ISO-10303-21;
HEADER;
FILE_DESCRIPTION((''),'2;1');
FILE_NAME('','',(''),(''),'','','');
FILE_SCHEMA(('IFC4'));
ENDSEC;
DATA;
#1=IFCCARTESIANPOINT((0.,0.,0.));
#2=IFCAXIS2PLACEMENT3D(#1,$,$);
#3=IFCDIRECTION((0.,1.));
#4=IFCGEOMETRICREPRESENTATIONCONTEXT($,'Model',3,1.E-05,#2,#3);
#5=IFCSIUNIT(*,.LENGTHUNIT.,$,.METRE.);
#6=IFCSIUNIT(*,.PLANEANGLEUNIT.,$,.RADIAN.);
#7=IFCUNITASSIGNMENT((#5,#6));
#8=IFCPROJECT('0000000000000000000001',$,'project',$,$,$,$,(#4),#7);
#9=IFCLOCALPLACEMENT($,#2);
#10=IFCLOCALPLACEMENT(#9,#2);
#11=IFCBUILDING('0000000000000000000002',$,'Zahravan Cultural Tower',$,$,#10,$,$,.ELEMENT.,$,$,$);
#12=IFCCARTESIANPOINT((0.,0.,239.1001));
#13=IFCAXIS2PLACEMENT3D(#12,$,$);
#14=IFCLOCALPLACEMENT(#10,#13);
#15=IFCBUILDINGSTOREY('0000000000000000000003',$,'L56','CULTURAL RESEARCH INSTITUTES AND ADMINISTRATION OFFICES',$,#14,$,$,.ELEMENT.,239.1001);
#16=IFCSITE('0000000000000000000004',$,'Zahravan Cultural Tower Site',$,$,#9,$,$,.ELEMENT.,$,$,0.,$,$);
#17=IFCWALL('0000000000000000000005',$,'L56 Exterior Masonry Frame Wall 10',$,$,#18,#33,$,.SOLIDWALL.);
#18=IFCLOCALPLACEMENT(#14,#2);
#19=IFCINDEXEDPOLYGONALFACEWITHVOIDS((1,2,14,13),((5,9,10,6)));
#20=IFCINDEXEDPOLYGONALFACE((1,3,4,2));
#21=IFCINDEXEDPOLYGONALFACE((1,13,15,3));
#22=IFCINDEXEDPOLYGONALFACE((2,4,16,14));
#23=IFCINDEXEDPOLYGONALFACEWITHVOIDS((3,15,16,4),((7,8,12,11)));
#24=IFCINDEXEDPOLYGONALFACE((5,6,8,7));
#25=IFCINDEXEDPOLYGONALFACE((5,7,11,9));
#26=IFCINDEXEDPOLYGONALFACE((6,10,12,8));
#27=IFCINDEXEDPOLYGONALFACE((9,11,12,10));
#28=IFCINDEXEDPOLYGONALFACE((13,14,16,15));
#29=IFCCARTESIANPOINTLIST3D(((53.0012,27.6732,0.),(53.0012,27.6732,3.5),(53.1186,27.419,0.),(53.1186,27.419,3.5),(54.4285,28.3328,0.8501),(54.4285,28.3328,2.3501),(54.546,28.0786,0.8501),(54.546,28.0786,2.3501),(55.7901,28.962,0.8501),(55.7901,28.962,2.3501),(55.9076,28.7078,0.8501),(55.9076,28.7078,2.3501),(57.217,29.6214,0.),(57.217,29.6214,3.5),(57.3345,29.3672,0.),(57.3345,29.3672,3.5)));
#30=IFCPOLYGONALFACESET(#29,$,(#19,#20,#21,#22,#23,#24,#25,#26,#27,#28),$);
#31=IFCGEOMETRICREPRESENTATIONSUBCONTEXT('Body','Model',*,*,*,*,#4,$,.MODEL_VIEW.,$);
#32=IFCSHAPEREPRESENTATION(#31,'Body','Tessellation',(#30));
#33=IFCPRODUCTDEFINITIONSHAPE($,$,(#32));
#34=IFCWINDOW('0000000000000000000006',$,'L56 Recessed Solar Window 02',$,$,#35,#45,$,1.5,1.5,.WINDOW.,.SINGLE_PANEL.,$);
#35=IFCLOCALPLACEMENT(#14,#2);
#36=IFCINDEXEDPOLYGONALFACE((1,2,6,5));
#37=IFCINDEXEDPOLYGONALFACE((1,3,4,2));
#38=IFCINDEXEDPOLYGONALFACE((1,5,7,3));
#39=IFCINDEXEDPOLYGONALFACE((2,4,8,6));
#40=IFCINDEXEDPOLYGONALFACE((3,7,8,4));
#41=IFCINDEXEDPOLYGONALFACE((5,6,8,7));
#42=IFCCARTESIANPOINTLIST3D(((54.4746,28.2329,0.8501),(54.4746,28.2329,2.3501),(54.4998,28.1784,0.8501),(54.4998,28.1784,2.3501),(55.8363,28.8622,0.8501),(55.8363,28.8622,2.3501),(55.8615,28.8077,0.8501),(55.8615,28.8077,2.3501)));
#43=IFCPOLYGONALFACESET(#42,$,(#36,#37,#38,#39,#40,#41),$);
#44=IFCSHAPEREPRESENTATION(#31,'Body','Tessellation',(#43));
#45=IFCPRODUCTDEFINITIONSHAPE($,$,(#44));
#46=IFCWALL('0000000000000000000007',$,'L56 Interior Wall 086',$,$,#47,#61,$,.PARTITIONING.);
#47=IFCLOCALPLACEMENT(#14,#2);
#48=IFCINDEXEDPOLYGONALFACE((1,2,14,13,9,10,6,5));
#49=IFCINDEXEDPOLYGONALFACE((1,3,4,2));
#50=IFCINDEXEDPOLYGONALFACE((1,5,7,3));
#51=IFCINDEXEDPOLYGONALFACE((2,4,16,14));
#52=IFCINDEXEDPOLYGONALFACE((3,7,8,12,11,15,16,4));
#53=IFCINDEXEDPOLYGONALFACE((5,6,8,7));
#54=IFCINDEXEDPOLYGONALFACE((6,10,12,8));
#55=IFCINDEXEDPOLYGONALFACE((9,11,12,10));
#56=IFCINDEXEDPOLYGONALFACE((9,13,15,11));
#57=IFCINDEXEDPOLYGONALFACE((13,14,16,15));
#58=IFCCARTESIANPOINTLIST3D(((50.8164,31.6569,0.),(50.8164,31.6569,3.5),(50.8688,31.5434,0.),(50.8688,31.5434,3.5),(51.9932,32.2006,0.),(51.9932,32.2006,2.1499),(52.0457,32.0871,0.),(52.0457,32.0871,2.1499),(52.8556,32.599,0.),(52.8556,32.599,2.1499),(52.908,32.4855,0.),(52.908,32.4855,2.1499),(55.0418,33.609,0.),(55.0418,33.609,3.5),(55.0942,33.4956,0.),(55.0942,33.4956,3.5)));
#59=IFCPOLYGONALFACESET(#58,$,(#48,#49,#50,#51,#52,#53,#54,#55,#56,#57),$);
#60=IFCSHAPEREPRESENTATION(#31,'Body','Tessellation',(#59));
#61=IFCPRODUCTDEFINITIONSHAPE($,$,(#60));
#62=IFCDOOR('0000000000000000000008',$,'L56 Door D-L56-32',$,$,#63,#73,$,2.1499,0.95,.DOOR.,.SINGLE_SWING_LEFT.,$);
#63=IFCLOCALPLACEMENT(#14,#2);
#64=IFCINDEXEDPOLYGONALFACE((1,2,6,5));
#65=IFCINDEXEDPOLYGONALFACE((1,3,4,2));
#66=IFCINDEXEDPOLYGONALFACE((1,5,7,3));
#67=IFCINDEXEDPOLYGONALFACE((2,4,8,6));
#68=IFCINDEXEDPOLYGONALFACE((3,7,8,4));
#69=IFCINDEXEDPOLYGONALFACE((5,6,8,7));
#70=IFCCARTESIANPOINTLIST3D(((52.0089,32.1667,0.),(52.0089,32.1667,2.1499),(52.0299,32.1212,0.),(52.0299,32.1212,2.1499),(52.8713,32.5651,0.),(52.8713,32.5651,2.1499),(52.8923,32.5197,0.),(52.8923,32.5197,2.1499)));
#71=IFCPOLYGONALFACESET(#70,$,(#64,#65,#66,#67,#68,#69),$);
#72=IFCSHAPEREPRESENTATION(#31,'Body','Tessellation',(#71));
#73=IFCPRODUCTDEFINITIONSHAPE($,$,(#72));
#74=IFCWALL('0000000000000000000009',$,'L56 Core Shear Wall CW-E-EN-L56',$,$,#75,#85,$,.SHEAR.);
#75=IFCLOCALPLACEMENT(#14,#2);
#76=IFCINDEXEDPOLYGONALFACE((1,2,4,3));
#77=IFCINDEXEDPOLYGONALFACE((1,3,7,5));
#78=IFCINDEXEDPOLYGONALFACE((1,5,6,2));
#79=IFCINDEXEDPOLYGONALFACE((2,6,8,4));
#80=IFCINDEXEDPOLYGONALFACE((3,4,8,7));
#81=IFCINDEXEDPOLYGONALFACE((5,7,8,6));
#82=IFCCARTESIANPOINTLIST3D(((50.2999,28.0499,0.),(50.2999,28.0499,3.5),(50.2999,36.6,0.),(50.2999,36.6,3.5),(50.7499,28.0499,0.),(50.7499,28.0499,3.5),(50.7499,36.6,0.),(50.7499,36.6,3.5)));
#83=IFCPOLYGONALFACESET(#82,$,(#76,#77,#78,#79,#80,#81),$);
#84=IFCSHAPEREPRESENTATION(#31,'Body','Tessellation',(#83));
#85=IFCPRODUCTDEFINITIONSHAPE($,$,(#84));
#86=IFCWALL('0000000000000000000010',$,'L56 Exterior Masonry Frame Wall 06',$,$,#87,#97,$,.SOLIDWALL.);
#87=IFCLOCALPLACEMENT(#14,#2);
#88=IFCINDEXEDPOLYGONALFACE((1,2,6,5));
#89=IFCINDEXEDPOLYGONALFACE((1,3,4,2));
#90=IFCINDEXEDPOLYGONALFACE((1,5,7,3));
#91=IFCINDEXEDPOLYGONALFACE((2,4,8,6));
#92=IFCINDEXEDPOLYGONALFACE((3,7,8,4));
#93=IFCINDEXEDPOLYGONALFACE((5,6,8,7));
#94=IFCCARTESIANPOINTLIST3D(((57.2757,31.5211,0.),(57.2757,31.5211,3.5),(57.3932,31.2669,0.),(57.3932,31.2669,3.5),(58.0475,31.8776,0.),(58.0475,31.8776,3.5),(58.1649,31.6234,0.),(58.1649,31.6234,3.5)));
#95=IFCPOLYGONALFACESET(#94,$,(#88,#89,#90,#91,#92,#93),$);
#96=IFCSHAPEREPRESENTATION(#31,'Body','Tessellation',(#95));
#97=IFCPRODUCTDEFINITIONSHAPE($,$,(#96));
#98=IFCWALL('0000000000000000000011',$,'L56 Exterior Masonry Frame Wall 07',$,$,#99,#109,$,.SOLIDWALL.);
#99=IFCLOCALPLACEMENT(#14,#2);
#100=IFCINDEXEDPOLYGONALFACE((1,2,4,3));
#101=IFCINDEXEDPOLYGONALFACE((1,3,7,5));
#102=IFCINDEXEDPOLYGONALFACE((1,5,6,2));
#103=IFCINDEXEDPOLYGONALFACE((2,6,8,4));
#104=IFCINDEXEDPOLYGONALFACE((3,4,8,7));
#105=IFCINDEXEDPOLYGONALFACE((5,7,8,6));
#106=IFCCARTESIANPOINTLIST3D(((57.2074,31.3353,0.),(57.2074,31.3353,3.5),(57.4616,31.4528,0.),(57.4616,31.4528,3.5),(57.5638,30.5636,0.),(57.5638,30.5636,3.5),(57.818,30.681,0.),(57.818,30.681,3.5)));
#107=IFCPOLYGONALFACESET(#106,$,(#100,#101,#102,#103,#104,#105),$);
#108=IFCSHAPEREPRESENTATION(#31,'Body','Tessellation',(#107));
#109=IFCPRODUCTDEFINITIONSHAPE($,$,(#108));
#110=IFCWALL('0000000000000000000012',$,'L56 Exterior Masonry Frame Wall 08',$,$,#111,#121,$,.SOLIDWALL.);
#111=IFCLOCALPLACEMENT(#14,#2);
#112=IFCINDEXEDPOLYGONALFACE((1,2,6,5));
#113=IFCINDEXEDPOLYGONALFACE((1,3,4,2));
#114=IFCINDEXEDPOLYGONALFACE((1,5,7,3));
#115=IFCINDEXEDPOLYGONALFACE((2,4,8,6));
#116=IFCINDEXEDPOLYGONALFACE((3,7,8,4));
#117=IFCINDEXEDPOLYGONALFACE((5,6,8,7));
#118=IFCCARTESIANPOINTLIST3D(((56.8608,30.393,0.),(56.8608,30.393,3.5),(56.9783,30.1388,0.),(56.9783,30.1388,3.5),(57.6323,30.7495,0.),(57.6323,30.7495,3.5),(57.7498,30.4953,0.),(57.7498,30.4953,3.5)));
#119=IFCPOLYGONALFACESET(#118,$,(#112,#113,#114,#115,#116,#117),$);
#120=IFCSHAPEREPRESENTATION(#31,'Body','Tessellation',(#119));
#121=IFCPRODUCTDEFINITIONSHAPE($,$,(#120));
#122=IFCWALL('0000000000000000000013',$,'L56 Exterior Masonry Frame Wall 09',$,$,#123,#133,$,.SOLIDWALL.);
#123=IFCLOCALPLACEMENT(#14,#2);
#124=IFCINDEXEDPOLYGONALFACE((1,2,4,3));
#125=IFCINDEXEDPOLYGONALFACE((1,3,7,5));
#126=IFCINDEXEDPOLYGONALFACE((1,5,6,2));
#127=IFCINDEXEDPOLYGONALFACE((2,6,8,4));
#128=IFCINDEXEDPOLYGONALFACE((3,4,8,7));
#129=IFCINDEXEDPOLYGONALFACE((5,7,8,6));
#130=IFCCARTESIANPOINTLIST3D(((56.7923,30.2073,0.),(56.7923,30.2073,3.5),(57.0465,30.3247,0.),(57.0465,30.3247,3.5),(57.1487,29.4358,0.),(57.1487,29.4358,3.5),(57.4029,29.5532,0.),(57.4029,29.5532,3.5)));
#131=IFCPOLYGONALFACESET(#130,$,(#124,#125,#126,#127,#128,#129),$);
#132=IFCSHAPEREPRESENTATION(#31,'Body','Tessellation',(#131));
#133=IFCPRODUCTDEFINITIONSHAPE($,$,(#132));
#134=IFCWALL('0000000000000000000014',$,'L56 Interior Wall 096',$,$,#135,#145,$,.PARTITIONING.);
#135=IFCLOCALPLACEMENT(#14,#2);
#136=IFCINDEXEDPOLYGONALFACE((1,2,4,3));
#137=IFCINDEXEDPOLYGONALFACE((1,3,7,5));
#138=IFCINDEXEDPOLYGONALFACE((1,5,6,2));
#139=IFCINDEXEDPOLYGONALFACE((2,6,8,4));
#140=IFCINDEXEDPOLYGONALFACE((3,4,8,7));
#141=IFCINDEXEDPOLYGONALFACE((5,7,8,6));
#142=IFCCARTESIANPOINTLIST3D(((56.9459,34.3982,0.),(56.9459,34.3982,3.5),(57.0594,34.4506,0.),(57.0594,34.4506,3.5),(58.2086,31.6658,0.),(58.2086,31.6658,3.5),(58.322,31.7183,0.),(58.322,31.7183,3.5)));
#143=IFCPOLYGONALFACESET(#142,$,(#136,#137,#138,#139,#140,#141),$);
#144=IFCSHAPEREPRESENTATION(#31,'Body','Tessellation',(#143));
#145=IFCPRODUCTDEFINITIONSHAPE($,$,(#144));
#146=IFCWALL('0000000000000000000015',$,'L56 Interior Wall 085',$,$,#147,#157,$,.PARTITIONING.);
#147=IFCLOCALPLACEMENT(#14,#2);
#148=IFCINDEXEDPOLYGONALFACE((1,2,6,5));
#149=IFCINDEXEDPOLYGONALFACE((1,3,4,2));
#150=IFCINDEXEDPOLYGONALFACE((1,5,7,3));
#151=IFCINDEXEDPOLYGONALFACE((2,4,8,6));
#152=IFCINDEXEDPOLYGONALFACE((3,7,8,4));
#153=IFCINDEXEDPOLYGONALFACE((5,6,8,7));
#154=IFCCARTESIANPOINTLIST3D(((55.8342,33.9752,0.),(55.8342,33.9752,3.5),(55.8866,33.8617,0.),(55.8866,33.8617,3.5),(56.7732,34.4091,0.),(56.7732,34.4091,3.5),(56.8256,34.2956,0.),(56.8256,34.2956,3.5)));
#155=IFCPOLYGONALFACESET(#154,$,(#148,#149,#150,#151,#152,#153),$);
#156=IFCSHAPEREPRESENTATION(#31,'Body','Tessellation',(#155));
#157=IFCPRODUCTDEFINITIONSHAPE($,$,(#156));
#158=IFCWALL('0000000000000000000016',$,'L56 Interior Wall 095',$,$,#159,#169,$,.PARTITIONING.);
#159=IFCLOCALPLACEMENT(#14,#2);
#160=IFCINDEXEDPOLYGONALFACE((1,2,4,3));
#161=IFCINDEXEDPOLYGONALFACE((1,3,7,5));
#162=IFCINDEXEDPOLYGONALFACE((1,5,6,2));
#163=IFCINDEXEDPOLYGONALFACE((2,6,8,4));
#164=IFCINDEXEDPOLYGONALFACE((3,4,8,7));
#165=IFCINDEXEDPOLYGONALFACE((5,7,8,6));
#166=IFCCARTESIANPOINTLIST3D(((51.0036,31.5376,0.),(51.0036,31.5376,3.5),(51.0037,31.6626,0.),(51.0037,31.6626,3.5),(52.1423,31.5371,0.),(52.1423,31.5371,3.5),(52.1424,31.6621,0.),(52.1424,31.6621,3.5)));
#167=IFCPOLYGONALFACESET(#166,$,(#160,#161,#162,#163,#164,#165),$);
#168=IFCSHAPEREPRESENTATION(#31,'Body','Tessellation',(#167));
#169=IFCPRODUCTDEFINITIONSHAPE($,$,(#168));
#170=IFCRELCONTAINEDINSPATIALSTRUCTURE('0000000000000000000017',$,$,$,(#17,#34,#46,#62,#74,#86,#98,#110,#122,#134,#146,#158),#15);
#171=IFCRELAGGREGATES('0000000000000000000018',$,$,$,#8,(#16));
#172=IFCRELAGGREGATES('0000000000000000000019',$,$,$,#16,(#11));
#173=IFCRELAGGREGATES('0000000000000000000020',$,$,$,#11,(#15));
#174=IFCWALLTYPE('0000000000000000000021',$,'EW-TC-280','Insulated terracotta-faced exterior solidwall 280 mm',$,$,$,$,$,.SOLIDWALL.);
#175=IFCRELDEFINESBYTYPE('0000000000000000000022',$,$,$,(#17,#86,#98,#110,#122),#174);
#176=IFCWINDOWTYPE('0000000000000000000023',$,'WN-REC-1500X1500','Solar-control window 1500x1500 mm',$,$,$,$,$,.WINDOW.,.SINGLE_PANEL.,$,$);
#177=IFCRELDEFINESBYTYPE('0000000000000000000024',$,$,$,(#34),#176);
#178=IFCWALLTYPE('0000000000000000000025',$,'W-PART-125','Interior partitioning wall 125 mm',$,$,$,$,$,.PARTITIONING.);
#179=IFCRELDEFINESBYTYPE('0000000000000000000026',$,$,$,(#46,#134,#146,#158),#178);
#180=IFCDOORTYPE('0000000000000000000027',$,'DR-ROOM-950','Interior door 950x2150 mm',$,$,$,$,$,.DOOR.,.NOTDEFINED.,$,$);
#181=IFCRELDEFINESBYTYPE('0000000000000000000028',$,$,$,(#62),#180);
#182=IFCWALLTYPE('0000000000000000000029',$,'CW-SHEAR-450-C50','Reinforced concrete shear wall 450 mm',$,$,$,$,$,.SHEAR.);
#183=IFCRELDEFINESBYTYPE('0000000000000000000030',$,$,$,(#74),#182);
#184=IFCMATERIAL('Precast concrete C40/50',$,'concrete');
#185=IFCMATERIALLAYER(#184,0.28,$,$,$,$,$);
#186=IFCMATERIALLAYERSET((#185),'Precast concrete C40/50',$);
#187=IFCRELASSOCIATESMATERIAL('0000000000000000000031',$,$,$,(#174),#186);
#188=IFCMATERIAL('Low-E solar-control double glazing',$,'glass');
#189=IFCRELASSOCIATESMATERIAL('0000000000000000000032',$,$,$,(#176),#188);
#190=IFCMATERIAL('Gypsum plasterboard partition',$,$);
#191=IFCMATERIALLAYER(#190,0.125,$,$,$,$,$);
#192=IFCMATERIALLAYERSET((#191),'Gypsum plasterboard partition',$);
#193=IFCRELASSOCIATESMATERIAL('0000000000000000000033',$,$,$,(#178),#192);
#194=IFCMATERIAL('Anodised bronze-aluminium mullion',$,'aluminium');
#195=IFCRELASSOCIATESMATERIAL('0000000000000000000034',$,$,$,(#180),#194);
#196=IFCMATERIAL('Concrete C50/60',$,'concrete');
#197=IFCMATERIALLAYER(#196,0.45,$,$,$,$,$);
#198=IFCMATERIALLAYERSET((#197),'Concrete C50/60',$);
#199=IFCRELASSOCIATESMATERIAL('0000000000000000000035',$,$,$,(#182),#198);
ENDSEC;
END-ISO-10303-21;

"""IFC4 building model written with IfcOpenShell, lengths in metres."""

from ifc_helpers import new_model, si_unit, direction, frame, frame_2d, origin, place, context, subcontext, project, spatial, rectangle, extrude, source, transform, mapped, material, layer, layer_set, type_object, element, fill, save


model = new_model("IFC4")

# Units and contexts
model_context = context("Model", 3, precision=1e-05, world=origin(), true_north=direction((0.0, 1.0)))
body_context = subcontext(model_context, "Body", "Model", "MODEL_VIEW")
ifc_project = project(units=[si_unit("LENGTHUNIT", "METRE"), si_unit("PLANEANGLEUNIT", "RADIAN")], contexts=[model_context])

# Site, building, storey
site_placement = place(None, origin())
site = spatial("IfcSite", under=ifc_project, at=site_placement, Name="Zahravan Cultural Tower Site", CompositionType="ELEMENT", RefElevation=0.0)
building_placement = place(site_placement, origin())
building = spatial("IfcBuilding", under=site, at=building_placement, Name="Zahravan Cultural Tower", CompositionType="ELEMENT")
storey_placement = place(building_placement, frame((0.0, 0.0, 239.1001)))
storey = spatial("IfcBuildingStorey", under=building, at=storey_placement, Name="L56", Description="CULTURAL RESEARCH INSTITUTES AND ADMINISTRATION OFFICES", CompositionType="ELEMENT", Elevation=239.1001)

# Shared definitions
ifc_material_1 = material(Name="Anodised bronze-aluminium mullion", Category="aluminium")
ifc_material_2 = material(Name="Low-E solar-control double glazing", Category="glass")

# Wall, opening, window
ifc_material_3 = material(Name="Precast concrete C40/50", Category="concrete")
ifc_layer_1 = layer(ifc_material_3, 0.28)
ifc_layer_set_1 = layer_set([ifc_layer_1], Name="Precast concrete C40/50")
wall_type_1 = type_object("IfcWallType", Name="EW-TC-280", Description="Insulated terracotta-faced exterior solidwall 280 mm", PredefinedType="SOLIDWALL", material=ifc_layer_set_1)
wall_1_placement = place(storey_placement, frame((57.2759, 29.4944, 0.0), z_axis=(0.0, 0.0, 1.0), x_axis=(-0.907756, -0.419498, 0.0)))
wall_1 = element("IfcWall", 1, at=wall_1_placement, inside=storey, type_object=wall_type_1, Name="L56 Exterior Masonry Frame Wall 10", PredefinedType="SOLIDWALL", context=body_context, shape_type="SweptSolid", body=[
    extrude(rectangle(XDim=4.6443, YDim=0.28, at=frame_2d((2.3223, 0.0))), origin(), (0.0, 0.0, 1.0), 3.5),
])
opening_1_placement = place(wall_1_placement, frame((1.572, 0.0, 0.8501)))
opening_1 = element("IfcOpeningElement", 2, at=opening_1_placement, cuts=wall_1, PredefinedType="OPENING", context=body_context, shape_type="SweptSolid", body=[
    extrude(rectangle(XDim=1.5, YDim=1.5, at=frame_2d((0.75, 0.75))), frame((0.0, 0.1499, 0.0), z_axis=(0.0, -1.0, 0.0), x_axis=(1.0, 0.0, 0.0)), (0.0, 0.0, 1.0), 0.3),
])
window_type = type_object("IfcWindowType", Name="WN-REC-1500X1500", Description="Solar-control window 1500x1500 mm", PartitioningType="SINGLE_PANEL", PredefinedType="WINDOW", material=ifc_material_2)
shared_shape_1 = source(origin(), body_context, "Body", "SweptSolid", [
    extrude(rectangle(XDim=1.5, YDim=1.5, at=frame_2d((0.75, 0.75))), frame((0.0, 0.03, 0.0), z_axis=(0.0, -1.0, 0.0), x_axis=(1.0, 0.0, 0.0)), (0.0, 0.0, 1.0), 0.0601),
])
window_placement = place(opening_1_placement, origin())
window = element("IfcWindow", 3, at=window_placement, inside=storey, type_object=window_type, Name="L56 Recessed Solar Window 02", OverallHeight=1.5, OverallWidth=1.5, PartitioningType="SINGLE_PANEL", PredefinedType="WINDOW", context=body_context, shape_type="MappedRepresentation", body=[
    mapped(shared_shape_1, transform((0.0, 0.0, 0.0), x_axis=(1.0, 0.0, 0.0), y_axis=(0.0, 1.0, 0.0), z_axis=(0.0, 0.0, 1.0), scale=1.0)),
])
fill(opening_1, window)

# Wall, opening, door
ifc_material_4 = material(Name="Gypsum plasterboard partition")
ifc_layer_2 = layer(ifc_material_4, 0.125)
ifc_layer_set_2 = layer_set([ifc_layer_2], Name="Gypsum plasterboard partition")
wall_type_2 = type_object("IfcWallType", Name="W-PART-125", Description="Interior partitioning wall 125 mm", PredefinedType="PARTITIONING", material=ifc_layer_set_2)
wall_2_placement = place(storey_placement, frame((55.0679, 33.5522, 0.0), z_axis=(0.0, 0.0, 1.0), x_axis=(-0.907797, -0.419411, 0.0)))
wall_2 = element("IfcWall", 4, at=wall_2_placement, inside=storey, type_object=wall_type_2, Name="L56 Interior Wall 086", PredefinedType="PARTITIONING", context=body_context, shape_type="SweptSolid", body=[
    extrude(rectangle(XDim=4.6545, YDim=0.125, at=frame_2d((2.3271, 0.0))), origin(), (0.0, 0.0, 1.0), 3.5),
])
opening_2_placement = place(wall_2_placement, frame((2.408, 0.0, 0.0)))
opening_2 = element("IfcOpeningElement", 5, at=opening_2_placement, cuts=wall_2, PredefinedType="OPENING", context=body_context, shape_type="SweptSolid", body=[
    extrude(rectangle(XDim=0.95, YDim=2.1499, at=frame_2d((0.4751, 1.075))), frame((0.0, 0.0725, 0.0), z_axis=(0.0, -1.0, 0.0), x_axis=(1.0, 0.0, 0.0)), (0.0, 0.0, 1.0), 0.145),
])
door_type = type_object("IfcDoorType", Name="DR-ROOM-950", Description="Interior door 950x2150 mm", OperationType="NOTDEFINED", PredefinedType="DOOR", material=ifc_material_1)
shared_shape_2 = source(origin(), body_context, "Body", "SweptSolid", [
    extrude(rectangle(XDim=0.95, YDim=2.1499, at=frame_2d((0.4751, 1.075))), frame((0.0, 0.0249, 0.0), z_axis=(0.0, -1.0, 0.0), x_axis=(1.0, 0.0, 0.0)), (0.0, 0.0, 1.0), 0.05),
])
door_placement = place(opening_2_placement, origin())
door = element("IfcDoor", 6, at=door_placement, inside=storey, type_object=door_type, Name="L56 Door D-L56-32", OperationType="SINGLE_SWING_LEFT", OverallHeight=2.1499, OverallWidth=0.95, PredefinedType="DOOR", context=body_context, shape_type="MappedRepresentation", body=[
    mapped(shared_shape_2, transform((0.0, 0.0, 0.0), x_axis=(1.0, 0.0, 0.0), y_axis=(0.0, 1.0, 0.0), z_axis=(0.0, 0.0, 1.0), scale=1.0)),
])
fill(opening_2, door)

# Walls
ifc_material_5 = material(Name="Concrete C50/60", Category="concrete")
ifc_layer_3 = layer(ifc_material_5, 0.45)
ifc_layer_set_3 = layer_set([ifc_layer_3], Name="Concrete C50/60")
wall_type_3 = type_object("IfcWallType", Name="CW-SHEAR-450-C50", Description="Reinforced concrete shear wall 450 mm", PredefinedType="SHEAR", material=ifc_layer_set_3)
shared_shape_3 = source(origin(), body_context, "Body", "SweptSolid", [
    extrude(rectangle(XDim=8.55, YDim=0.45, at=frame_2d((4.2749, 0.0))), origin(), (0.0, 0.0, 1.0), 3.5),
])
wall_3_placement = place(storey_placement, frame((50.5249, 28.05, 0.0), z_axis=(0.0, 0.0, 1.0), x_axis=(0.0, 1.0, 0.0)))
element("IfcWall", 7, at=wall_3_placement, inside=storey, type_object=wall_type_3, Name="L56 Core Shear Wall CW-E-EN-L56", PredefinedType="SHEAR", context=body_context, shape_type="MappedRepresentation", body=[
    mapped(shared_shape_3, transform((0.0, 0.0, 0.0), x_axis=(1.0, 0.0, 0.0), y_axis=(0.0, 1.0, 0.0), z_axis=(0.0, 0.0, 1.0), scale=1.0)),
])
shared_shape_4 = source(origin(), body_context, "Body", "SweptSolid", [
    extrude(rectangle(XDim=0.8501, YDim=0.28, at=frame_2d((0.425, 0.0))), origin(), (0.0, 0.0, 1.0), 3.5),
])
for number, where, z_axis, x_axis, name in (
    (8, (58.1062, 31.7505, 0.0), (0.0, 0.0, 1.0), (-0.907842, -0.419313, 0.0), "L56 Exterior Masonry Frame Wall 06"),
    (9, (57.3345, 31.394, 0.0), (0.0, 0.0, 1.0), (0.419313, -0.907842, 0.0), "L56 Exterior Masonry Frame Wall 07"),
):
    element("IfcWall", number, at=place(storey_placement, frame(where, z_axis=z_axis, x_axis=x_axis)), inside=storey, type_object=wall_type_1, Name=name, PredefinedType="SOLIDWALL", context=body_context, shape_type="MappedRepresentation", body=[
        mapped(shared_shape_4, transform((0.0, 0.0, 0.0), x_axis=(1.0, 0.0, 0.0), y_axis=(0.0, 1.0, 0.0), z_axis=(0.0, 0.0, 1.0), scale=1.0)),
    ])
shared_shape_5 = source(origin(), body_context, "Body", "SweptSolid", [
    extrude(rectangle(XDim=0.8499, YDim=0.28, at=frame_2d((0.4248, 0.0))), origin(), (0.0, 0.0, 1.0), 3.5),
])
for number, where, z_axis, x_axis, name in (
    (10, (57.6909, 30.6223, 0.0), (0.0, 0.0, 1.0), (-0.907791, -0.419422, 0.0), "L56 Exterior Masonry Frame Wall 08"),
    (11, (56.9194, 30.2659, 0.0), (0.0, 0.0, 1.0), (0.419422, -0.907791, 0.0), "L56 Exterior Masonry Frame Wall 09"),
):
    element("IfcWall", number, at=place(storey_placement, frame(where, z_axis=z_axis, x_axis=x_axis)), inside=storey, type_object=wall_type_1, Name=name, PredefinedType="SOLIDWALL", context=body_context, shape_type="MappedRepresentation", body=[
        mapped(shared_shape_5, transform((0.0, 0.0, 0.0), x_axis=(1.0, 0.0, 0.0), y_axis=(0.0, 1.0, 0.0), z_axis=(0.0, 0.0, 1.0), scale=1.0)),
    ])
shared_shape_6 = source(origin(), body_context, "Body", "SweptSolid", [
    extrude(rectangle(XDim=3.01, YDim=0.125, at=frame_2d((1.5049, 0.0))), origin(), (0.0, 0.0, 1.0), 3.5),
])
wall_4_placement = place(storey_placement, frame((57.0027, 34.4243, 0.0), z_axis=(0.0, 0.0, 1.0), x_axis=(0.41949, -0.90776, 0.0)))
element("IfcWall", 12, at=wall_4_placement, inside=storey, type_object=wall_type_2, Name="L56 Interior Wall 096", PredefinedType="PARTITIONING", context=body_context, shape_type="MappedRepresentation", body=[
    mapped(shared_shape_6, transform((0.0, 0.0, 0.0), x_axis=(1.0, 0.0, 0.0), y_axis=(0.0, 1.0, 0.0), z_axis=(0.0, 0.0, 1.0), scale=1.0)),
])
shared_shape_7 = source(origin(), body_context, "Body", "SweptSolid", [
    extrude(rectangle(XDim=1.0344, YDim=0.125, at=frame_2d((0.5171, 0.0))), origin(), (0.0, 0.0, 1.0), 3.5),
])
wall_5_placement = place(storey_placement, frame((56.7993, 34.3523, 0.0), z_axis=(0.0, 0.0, 1.0), x_axis=(-0.907787, -0.419432, 0.0)))
element("IfcWall", 13, at=wall_5_placement, inside=storey, type_object=wall_type_2, Name="L56 Interior Wall 085", PredefinedType="PARTITIONING", context=body_context, shape_type="MappedRepresentation", body=[
    mapped(shared_shape_7, transform((0.0, 0.0, 0.0), x_axis=(1.0, 0.0, 0.0), y_axis=(0.0, 1.0, 0.0), z_axis=(0.0, 0.0, 1.0), scale=1.0)),
])
shared_shape_8 = source(origin(), body_context, "Body", "SweptSolid", [
    extrude(rectangle(XDim=1.1387, YDim=0.125, at=frame_2d((0.5693, 0.0))), origin(), (0.0, 0.0, 1.0), 3.5),
])
wall_6_placement = place(storey_placement, frame((52.1423, 31.5996, 0.0), z_axis=(0.0, 0.0, 1.0), x_axis=(-1.0, 0.000429, 0.0)))
element("IfcWall", 14, at=wall_6_placement, inside=storey, type_object=wall_type_2, Name="L56 Interior Wall 095", PredefinedType="PARTITIONING", context=body_context, shape_type="MappedRepresentation", body=[
    mapped(shared_shape_8, transform((0.0, 0.0, 0.0), x_axis=(1.0, 0.0, 0.0), y_axis=(0.0, 1.0, 0.0), z_axis=(0.0, 0.0, 1.0), scale=1.0)),
])

save(model, "model.ifc")
